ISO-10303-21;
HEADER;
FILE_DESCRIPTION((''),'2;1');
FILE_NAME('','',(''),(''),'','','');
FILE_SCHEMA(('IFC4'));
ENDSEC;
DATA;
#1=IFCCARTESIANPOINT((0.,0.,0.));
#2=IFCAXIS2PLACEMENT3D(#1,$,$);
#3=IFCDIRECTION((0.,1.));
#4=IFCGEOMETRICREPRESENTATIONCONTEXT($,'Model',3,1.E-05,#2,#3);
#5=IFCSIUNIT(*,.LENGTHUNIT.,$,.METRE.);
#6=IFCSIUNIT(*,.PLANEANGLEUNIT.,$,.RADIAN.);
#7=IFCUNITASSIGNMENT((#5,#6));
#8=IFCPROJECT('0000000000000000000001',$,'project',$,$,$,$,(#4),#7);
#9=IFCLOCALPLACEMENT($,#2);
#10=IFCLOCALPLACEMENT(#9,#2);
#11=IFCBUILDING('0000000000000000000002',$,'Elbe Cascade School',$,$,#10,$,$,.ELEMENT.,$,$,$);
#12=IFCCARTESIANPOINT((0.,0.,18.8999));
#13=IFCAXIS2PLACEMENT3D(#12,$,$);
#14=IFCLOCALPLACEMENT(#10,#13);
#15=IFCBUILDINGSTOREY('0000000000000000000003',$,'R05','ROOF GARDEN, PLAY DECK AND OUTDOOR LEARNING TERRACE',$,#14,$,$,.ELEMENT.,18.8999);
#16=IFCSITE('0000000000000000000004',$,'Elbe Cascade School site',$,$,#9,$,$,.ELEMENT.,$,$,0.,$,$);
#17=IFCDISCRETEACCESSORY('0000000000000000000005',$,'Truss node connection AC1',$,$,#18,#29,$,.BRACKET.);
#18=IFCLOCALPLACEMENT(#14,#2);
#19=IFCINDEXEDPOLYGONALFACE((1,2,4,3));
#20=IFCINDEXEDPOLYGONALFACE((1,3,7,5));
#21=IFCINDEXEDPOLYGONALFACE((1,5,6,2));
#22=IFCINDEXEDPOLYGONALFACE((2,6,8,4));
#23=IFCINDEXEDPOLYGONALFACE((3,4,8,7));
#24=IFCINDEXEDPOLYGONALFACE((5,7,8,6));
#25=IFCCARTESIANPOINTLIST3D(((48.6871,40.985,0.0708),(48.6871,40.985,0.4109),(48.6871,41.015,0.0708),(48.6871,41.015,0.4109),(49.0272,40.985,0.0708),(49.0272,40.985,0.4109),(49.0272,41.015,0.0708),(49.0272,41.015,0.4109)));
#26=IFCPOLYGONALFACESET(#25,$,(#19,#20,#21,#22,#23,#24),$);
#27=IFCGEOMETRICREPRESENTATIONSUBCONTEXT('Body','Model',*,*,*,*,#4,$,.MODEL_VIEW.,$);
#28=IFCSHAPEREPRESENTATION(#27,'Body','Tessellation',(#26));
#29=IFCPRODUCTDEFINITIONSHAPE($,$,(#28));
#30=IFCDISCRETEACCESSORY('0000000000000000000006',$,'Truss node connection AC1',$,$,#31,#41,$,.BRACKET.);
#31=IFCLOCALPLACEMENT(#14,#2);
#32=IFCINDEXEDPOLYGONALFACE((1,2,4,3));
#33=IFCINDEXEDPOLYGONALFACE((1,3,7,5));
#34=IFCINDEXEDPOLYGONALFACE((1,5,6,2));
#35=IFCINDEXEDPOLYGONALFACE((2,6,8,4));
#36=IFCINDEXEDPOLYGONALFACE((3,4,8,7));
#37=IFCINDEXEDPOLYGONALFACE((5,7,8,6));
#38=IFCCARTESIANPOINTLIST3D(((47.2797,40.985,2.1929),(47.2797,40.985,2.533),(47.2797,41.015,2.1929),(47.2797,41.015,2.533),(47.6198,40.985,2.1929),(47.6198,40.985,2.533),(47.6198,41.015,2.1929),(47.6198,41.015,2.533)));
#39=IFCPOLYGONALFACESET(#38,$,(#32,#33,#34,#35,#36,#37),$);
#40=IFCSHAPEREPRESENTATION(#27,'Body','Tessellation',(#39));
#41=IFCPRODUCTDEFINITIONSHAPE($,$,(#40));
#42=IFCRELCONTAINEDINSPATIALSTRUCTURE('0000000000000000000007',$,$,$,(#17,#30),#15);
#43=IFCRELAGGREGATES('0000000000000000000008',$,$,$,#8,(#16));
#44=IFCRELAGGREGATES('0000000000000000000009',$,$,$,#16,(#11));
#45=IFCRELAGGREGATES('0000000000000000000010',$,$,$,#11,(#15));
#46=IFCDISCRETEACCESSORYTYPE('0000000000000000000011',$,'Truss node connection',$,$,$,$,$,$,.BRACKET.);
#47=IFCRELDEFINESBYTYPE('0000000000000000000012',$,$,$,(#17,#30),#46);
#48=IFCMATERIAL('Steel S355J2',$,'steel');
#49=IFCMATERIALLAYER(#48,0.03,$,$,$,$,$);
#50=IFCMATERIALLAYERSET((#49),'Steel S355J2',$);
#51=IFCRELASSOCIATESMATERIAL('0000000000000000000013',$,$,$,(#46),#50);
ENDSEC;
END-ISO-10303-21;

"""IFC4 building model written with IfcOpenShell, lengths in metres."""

from ifc_helpers import new_model, si_unit, direction, frame, origin, origin_2d, place, context, subcontext, project, spatial, rectangle, extrude, material, layer, layer_set, type_object, element, save


model = new_model("IFC4")

# Units and contexts
model_context = context("Model", 3, precision=1e-05, world=origin(), true_north=direction((0.0, 1.0)))
body_context = subcontext(model_context, "Body", "Model", "MODEL_VIEW")
ifc_project = project(units=[si_unit("LENGTHUNIT", "METRE"), si_unit("PLANEANGLEUNIT", "RADIAN")], contexts=[model_context])

# Site, building, storey
site_placement = place(None, origin())
site = spatial("IfcSite", under=ifc_project, at=site_placement, Name="Elbe Cascade School site", CompositionType="ELEMENT", RefElevation=0.0)
building_placement = place(site_placement, origin())
building = spatial("IfcBuilding", under=site, at=building_placement, Name="Elbe Cascade School", CompositionType="ELEMENT")
storey_placement = place(building_placement, frame((0.0, 0.0, 18.8999)))
storey = spatial("IfcBuildingStorey", under=building, at=storey_placement, Name="R05", Description="ROOF GARDEN, PLAY DECK AND OUTDOOR LEARNING TERRACE", CompositionType="ELEMENT", Elevation=18.8999)

# Discrete accessories
ifc_material_1 = material(Name="Steel S355J2", Category="steel")
ifc_layer_1 = layer(ifc_material_1, 0.03)
ifc_layer_set_1 = layer_set([ifc_layer_1], Name="Steel S355J2")
discrete_accessory_type = type_object("IfcDiscreteAccessoryType", Name="Truss node connection", PredefinedType="BRACKET", material=ifc_layer_set_1)
for number, where, z_axis, x_axis, name in (
    (1, (48.8572, 41.0, 0.0708), (0.0, 0.0, 1.0), (1.0, 0.0, 0.0), "Truss node connection AC1"),
    (2, (47.4497, 41.0, 2.1929), (0.0, 0.0, 1.0), (1.0, 0.0, 0.0), "Truss node connection AC1"),
):
    element("IfcDiscreteAccessory", number, at=place(storey_placement, frame(where, z_axis=z_axis, x_axis=x_axis)), inside=storey, type_object=discrete_accessory_type, Name=name, PredefinedType="BRACKET", context=body_context, shape_type="SweptSolid", body=[
        extrude(rectangle(XDim=0.3401, YDim=0.03, at=origin_2d()), origin(), (0.0, 0.0, 1.0), 0.3401),
    ])

save(model, "model.ifc")
